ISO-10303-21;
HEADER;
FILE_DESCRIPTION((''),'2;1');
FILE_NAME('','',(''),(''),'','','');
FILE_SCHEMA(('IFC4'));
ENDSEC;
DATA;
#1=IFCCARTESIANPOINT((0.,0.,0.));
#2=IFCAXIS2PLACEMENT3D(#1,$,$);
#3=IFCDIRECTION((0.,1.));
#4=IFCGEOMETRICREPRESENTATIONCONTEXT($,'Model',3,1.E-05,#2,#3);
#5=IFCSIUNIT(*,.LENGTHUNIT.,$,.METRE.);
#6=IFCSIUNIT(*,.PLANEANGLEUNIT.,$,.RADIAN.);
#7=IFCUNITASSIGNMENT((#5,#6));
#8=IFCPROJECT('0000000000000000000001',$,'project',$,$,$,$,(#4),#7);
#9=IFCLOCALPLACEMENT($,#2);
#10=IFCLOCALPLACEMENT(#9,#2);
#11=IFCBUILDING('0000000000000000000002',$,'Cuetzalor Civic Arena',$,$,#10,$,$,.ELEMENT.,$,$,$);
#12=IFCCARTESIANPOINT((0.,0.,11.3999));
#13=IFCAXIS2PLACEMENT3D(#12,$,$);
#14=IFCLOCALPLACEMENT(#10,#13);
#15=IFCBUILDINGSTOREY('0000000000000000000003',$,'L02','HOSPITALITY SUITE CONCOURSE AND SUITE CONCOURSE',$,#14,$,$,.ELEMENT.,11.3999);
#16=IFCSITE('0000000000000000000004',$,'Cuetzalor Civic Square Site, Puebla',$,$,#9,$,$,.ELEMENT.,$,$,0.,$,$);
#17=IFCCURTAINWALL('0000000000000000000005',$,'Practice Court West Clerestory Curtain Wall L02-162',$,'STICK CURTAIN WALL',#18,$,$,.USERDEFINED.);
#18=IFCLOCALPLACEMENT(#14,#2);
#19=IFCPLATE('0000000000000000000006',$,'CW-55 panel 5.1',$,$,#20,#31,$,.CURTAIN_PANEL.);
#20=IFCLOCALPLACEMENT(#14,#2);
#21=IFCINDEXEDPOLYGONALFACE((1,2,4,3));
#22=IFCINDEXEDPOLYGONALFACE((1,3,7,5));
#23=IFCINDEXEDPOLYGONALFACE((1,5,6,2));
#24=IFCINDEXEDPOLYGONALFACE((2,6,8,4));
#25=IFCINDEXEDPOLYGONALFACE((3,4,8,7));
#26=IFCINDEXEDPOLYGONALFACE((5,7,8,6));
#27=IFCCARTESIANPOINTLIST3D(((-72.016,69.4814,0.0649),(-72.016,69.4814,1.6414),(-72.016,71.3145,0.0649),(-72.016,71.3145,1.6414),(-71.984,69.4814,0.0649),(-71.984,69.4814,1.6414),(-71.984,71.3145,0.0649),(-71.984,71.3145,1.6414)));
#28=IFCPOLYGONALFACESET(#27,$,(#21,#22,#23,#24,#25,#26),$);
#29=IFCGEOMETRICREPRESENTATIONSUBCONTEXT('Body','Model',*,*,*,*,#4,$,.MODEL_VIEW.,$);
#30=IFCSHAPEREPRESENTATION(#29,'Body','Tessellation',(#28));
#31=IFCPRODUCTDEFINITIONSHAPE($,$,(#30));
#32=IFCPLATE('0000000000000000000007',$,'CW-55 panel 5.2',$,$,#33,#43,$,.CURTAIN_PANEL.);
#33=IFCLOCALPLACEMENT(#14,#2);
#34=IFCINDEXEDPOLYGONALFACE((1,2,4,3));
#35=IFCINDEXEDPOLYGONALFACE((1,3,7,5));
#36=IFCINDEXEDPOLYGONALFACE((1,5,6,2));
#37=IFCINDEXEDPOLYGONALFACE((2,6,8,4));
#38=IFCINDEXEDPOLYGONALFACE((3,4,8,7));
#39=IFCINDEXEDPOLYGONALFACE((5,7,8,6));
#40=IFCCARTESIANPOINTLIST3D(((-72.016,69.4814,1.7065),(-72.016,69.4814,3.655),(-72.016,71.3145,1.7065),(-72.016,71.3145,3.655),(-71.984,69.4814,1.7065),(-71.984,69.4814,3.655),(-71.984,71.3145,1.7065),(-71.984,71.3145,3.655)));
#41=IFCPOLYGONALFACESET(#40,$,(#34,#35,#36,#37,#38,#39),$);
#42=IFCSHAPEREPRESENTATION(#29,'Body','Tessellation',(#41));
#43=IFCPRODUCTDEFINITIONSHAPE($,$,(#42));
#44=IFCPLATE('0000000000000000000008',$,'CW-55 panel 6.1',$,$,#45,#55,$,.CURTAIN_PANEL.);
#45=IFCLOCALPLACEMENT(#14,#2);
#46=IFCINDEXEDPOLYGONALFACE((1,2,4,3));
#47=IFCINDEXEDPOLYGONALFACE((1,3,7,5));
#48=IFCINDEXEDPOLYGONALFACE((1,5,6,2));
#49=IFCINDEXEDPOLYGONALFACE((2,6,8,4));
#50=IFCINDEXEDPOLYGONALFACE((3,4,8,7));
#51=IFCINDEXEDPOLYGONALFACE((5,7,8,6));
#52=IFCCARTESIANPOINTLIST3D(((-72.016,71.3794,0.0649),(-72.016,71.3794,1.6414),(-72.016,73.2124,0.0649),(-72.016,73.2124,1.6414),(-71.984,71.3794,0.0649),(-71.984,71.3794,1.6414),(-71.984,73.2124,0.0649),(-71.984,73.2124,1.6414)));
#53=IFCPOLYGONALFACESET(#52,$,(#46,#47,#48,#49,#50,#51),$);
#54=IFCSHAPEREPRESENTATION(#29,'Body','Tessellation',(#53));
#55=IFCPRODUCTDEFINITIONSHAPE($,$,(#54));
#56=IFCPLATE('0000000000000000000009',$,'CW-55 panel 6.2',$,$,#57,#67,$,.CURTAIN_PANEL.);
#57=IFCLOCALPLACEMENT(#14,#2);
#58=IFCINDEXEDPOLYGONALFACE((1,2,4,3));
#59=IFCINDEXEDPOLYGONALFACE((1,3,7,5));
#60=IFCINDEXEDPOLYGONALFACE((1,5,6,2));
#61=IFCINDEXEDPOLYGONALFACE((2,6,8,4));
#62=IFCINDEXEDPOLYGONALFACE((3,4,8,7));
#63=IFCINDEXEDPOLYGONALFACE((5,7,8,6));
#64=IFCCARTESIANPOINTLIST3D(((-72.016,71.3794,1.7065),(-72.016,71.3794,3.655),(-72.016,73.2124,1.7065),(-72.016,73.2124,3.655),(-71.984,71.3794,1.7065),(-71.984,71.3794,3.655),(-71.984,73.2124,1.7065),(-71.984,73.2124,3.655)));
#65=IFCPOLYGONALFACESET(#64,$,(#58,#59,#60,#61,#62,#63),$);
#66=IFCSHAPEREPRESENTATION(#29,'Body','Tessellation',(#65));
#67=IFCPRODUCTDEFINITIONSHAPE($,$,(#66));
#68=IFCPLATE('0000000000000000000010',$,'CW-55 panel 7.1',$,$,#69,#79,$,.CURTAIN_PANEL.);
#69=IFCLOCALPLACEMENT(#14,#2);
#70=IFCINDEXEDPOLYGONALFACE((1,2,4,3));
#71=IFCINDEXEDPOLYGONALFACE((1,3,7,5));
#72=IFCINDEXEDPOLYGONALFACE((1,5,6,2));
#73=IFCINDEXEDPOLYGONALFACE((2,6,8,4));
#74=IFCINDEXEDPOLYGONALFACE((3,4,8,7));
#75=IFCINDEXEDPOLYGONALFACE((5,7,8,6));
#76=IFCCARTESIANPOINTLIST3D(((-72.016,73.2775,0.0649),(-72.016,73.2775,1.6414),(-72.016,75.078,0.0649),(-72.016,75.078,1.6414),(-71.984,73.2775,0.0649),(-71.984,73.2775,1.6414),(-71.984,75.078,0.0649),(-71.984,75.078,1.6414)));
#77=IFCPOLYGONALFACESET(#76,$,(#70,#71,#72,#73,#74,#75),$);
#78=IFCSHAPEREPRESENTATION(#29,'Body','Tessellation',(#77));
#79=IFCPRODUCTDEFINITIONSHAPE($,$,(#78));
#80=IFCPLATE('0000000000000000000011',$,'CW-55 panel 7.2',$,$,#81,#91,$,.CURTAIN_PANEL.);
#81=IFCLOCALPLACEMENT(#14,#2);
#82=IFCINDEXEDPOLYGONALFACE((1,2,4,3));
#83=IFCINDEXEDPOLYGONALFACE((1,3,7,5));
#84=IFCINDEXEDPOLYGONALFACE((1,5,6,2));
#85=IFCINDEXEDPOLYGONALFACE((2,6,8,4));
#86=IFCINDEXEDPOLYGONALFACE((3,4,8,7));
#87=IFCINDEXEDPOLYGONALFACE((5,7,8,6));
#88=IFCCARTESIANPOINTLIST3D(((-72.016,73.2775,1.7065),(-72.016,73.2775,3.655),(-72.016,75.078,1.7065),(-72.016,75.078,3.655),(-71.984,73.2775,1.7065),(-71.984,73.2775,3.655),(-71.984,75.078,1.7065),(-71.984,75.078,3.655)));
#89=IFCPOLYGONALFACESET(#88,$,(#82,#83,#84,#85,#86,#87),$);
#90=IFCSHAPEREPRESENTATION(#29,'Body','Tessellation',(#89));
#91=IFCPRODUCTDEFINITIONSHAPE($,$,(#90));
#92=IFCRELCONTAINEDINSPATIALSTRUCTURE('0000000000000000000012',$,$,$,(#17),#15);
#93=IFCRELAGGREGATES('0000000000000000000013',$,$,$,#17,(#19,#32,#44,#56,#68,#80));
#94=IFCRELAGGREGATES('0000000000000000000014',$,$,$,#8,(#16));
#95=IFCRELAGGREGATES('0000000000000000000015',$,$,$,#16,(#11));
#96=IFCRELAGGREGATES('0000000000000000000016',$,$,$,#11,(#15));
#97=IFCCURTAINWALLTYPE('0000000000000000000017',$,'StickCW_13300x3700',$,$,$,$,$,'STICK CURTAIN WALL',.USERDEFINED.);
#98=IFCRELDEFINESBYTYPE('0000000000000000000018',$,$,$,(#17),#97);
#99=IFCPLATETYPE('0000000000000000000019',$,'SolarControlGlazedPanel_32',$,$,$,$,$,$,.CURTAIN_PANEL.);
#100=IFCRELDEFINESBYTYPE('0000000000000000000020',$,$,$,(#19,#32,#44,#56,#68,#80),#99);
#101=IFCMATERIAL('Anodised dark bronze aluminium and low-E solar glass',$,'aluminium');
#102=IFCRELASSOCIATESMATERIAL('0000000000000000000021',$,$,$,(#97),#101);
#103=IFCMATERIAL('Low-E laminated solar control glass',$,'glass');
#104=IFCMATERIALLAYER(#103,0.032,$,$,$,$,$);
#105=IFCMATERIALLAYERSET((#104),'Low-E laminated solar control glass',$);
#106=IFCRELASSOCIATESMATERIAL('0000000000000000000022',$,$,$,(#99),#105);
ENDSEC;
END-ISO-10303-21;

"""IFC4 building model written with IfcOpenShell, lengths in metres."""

from ifc_helpers import new_model, si_unit, direction, frame, origin, origin_2d, place, context, subcontext, project, spatial, rectangle, extrude, material, layer, layer_set, type_object, element, aggregate, save


model = new_model("IFC4")

# Units and contexts
model_context = context("Model", 3, precision=1e-05, world=origin(), true_north=direction((0.0, 1.0)))
body_context = subcontext(model_context, "Body", "Model", "MODEL_VIEW")
ifc_project = project(units=[si_unit("LENGTHUNIT", "METRE"), si_unit("PLANEANGLEUNIT", "RADIAN")], contexts=[model_context])

# Site, building, storey
site_placement = place(None, origin())
site = spatial("IfcSite", under=ifc_project, at=site_placement, Name="Cuetzalor Civic Square Site, Puebla", CompositionType="ELEMENT", RefElevation=0.0)
building_placement = place(site_placement, origin())
building = spatial("IfcBuilding", under=site, at=building_placement, Name="Cuetzalor Civic Arena", CompositionType="ELEMENT")
storey_placement = place(building_placement, frame((0.0, 0.0, 11.3999)))
storey = spatial("IfcBuildingStorey", under=building, at=storey_placement, Name="L02", Description="HOSPITALITY SUITE CONCOURSE AND SUITE CONCOURSE", CompositionType="ELEMENT", Elevation=11.3999)

# Curtain wall, plates
ifc_material_1 = material(Name="Anodised dark bronze aluminium and low-E solar glass", Category="aluminium")
curtain_wall_type = type_object("IfcCurtainWallType", Name="StickCW_13300x3700", ElementType="STICK CURTAIN WALL", PredefinedType="USERDEFINED", material=ifc_material_1)
curtain_wall_placement = place(storey_placement, origin())
curtain_wall = element("IfcCurtainWall", 1, at=curtain_wall_placement, inside=storey, type_object=curtain_wall_type, Name="Practice Court West Clerestory Curtain Wall L02-162", ObjectType="STICK CURTAIN WALL", PredefinedType="USERDEFINED")
ifc_material_2 = material(Name="Low-E laminated solar control glass", Category="glass")
ifc_layer = layer(ifc_material_2, 0.032)
ifc_layer_set = layer_set([ifc_layer], Name="Low-E laminated solar control glass")
plate_type = type_object("IfcPlateType", Name="SolarControlGlazedPanel_32", PredefinedType="CURTAIN_PANEL", material=ifc_layer_set)
plate_1_placement = place(storey_placement, frame((-72.0, 70.3979, 0.0649), z_axis=(0.0, 0.0, 1.0), x_axis=(0.0, 1.0, 0.0)))
plate_1 = element("IfcPlate", 2, at=plate_1_placement, type_object=plate_type, Name="CW-55 panel 5.1", PredefinedType="CURTAIN_PANEL", context=body_context, shape_type="SweptSolid", body=[
    extrude(rectangle(XDim=1.833, YDim=0.032, at=origin_2d()), origin(), (0.0, 0.0, 1.0), 1.5764),
])
plate_2_placement = place(storey_placement, frame((-72.0, 70.3979, 1.7065), z_axis=(0.0, 0.0, 1.0), x_axis=(0.0, 1.0, 0.0)))
plate_2 = element("IfcPlate", 3, at=plate_2_placement, type_object=plate_type, Name="CW-55 panel 5.2", PredefinedType="CURTAIN_PANEL", context=body_context, shape_type="SweptSolid", body=[
    extrude(rectangle(XDim=1.833, YDim=0.032, at=origin_2d()), origin(), (0.0, 0.0, 1.0), 1.9485),
])
plate_3_placement = place(storey_placement, frame((-72.0, 72.2959, 0.0649), z_axis=(0.0, 0.0, 1.0), x_axis=(0.0, 1.0, 0.0)))
plate_3 = element("IfcPlate", 4, at=plate_3_placement, type_object=plate_type, Name="CW-55 panel 6.1", PredefinedType="CURTAIN_PANEL", context=body_context, shape_type="SweptSolid", body=[
    extrude(rectangle(XDim=1.833, YDim=0.032, at=origin_2d()), origin(), (0.0, 0.0, 1.0), 1.5764),
])
plate_4_placement = place(storey_placement, frame((-72.0, 72.2959, 1.7065), z_axis=(0.0, 0.0, 1.0), x_axis=(0.0, 1.0, 0.0)))
plate_4 = element("IfcPlate", 5, at=plate_4_placement, type_object=plate_type, Name="CW-55 panel 6.2", PredefinedType="CURTAIN_PANEL", context=body_context, shape_type="SweptSolid", body=[
    extrude(rectangle(XDim=1.833, YDim=0.032, at=origin_2d()), origin(), (0.0, 0.0, 1.0), 1.9485),
])
plate_5_placement = place(storey_placement, frame((-72.0, 74.1777, 0.0649), z_axis=(0.0, 0.0, 1.0), x_axis=(0.0, 1.0, 0.0)))
plate_5 = element("IfcPlate", 6, at=plate_5_placement, type_object=plate_type, Name="CW-55 panel 7.1", PredefinedType="CURTAIN_PANEL", context=body_context, shape_type="SweptSolid", body=[
    extrude(rectangle(XDim=1.8005, YDim=0.032, at=origin_2d()), origin(), (0.0, 0.0, 1.0), 1.5764),
])
plate_6_placement = place(storey_placement, frame((-72.0, 74.1777, 1.7065), z_axis=(0.0, 0.0, 1.0), x_axis=(0.0, 1.0, 0.0)))
plate_6 = element("IfcPlate", 7, at=plate_6_placement, type_object=plate_type, Name="CW-55 panel 7.2", PredefinedType="CURTAIN_PANEL", context=body_context, shape_type="SweptSolid", body=[
    extrude(rectangle(XDim=1.8005, YDim=0.032, at=origin_2d()), origin(), (0.0, 0.0, 1.0), 1.9485),
])
aggregate(curtain_wall, [plate_1, plate_2, plate_3, plate_4, plate_5, plate_6])

save(model, "model.ifc")
